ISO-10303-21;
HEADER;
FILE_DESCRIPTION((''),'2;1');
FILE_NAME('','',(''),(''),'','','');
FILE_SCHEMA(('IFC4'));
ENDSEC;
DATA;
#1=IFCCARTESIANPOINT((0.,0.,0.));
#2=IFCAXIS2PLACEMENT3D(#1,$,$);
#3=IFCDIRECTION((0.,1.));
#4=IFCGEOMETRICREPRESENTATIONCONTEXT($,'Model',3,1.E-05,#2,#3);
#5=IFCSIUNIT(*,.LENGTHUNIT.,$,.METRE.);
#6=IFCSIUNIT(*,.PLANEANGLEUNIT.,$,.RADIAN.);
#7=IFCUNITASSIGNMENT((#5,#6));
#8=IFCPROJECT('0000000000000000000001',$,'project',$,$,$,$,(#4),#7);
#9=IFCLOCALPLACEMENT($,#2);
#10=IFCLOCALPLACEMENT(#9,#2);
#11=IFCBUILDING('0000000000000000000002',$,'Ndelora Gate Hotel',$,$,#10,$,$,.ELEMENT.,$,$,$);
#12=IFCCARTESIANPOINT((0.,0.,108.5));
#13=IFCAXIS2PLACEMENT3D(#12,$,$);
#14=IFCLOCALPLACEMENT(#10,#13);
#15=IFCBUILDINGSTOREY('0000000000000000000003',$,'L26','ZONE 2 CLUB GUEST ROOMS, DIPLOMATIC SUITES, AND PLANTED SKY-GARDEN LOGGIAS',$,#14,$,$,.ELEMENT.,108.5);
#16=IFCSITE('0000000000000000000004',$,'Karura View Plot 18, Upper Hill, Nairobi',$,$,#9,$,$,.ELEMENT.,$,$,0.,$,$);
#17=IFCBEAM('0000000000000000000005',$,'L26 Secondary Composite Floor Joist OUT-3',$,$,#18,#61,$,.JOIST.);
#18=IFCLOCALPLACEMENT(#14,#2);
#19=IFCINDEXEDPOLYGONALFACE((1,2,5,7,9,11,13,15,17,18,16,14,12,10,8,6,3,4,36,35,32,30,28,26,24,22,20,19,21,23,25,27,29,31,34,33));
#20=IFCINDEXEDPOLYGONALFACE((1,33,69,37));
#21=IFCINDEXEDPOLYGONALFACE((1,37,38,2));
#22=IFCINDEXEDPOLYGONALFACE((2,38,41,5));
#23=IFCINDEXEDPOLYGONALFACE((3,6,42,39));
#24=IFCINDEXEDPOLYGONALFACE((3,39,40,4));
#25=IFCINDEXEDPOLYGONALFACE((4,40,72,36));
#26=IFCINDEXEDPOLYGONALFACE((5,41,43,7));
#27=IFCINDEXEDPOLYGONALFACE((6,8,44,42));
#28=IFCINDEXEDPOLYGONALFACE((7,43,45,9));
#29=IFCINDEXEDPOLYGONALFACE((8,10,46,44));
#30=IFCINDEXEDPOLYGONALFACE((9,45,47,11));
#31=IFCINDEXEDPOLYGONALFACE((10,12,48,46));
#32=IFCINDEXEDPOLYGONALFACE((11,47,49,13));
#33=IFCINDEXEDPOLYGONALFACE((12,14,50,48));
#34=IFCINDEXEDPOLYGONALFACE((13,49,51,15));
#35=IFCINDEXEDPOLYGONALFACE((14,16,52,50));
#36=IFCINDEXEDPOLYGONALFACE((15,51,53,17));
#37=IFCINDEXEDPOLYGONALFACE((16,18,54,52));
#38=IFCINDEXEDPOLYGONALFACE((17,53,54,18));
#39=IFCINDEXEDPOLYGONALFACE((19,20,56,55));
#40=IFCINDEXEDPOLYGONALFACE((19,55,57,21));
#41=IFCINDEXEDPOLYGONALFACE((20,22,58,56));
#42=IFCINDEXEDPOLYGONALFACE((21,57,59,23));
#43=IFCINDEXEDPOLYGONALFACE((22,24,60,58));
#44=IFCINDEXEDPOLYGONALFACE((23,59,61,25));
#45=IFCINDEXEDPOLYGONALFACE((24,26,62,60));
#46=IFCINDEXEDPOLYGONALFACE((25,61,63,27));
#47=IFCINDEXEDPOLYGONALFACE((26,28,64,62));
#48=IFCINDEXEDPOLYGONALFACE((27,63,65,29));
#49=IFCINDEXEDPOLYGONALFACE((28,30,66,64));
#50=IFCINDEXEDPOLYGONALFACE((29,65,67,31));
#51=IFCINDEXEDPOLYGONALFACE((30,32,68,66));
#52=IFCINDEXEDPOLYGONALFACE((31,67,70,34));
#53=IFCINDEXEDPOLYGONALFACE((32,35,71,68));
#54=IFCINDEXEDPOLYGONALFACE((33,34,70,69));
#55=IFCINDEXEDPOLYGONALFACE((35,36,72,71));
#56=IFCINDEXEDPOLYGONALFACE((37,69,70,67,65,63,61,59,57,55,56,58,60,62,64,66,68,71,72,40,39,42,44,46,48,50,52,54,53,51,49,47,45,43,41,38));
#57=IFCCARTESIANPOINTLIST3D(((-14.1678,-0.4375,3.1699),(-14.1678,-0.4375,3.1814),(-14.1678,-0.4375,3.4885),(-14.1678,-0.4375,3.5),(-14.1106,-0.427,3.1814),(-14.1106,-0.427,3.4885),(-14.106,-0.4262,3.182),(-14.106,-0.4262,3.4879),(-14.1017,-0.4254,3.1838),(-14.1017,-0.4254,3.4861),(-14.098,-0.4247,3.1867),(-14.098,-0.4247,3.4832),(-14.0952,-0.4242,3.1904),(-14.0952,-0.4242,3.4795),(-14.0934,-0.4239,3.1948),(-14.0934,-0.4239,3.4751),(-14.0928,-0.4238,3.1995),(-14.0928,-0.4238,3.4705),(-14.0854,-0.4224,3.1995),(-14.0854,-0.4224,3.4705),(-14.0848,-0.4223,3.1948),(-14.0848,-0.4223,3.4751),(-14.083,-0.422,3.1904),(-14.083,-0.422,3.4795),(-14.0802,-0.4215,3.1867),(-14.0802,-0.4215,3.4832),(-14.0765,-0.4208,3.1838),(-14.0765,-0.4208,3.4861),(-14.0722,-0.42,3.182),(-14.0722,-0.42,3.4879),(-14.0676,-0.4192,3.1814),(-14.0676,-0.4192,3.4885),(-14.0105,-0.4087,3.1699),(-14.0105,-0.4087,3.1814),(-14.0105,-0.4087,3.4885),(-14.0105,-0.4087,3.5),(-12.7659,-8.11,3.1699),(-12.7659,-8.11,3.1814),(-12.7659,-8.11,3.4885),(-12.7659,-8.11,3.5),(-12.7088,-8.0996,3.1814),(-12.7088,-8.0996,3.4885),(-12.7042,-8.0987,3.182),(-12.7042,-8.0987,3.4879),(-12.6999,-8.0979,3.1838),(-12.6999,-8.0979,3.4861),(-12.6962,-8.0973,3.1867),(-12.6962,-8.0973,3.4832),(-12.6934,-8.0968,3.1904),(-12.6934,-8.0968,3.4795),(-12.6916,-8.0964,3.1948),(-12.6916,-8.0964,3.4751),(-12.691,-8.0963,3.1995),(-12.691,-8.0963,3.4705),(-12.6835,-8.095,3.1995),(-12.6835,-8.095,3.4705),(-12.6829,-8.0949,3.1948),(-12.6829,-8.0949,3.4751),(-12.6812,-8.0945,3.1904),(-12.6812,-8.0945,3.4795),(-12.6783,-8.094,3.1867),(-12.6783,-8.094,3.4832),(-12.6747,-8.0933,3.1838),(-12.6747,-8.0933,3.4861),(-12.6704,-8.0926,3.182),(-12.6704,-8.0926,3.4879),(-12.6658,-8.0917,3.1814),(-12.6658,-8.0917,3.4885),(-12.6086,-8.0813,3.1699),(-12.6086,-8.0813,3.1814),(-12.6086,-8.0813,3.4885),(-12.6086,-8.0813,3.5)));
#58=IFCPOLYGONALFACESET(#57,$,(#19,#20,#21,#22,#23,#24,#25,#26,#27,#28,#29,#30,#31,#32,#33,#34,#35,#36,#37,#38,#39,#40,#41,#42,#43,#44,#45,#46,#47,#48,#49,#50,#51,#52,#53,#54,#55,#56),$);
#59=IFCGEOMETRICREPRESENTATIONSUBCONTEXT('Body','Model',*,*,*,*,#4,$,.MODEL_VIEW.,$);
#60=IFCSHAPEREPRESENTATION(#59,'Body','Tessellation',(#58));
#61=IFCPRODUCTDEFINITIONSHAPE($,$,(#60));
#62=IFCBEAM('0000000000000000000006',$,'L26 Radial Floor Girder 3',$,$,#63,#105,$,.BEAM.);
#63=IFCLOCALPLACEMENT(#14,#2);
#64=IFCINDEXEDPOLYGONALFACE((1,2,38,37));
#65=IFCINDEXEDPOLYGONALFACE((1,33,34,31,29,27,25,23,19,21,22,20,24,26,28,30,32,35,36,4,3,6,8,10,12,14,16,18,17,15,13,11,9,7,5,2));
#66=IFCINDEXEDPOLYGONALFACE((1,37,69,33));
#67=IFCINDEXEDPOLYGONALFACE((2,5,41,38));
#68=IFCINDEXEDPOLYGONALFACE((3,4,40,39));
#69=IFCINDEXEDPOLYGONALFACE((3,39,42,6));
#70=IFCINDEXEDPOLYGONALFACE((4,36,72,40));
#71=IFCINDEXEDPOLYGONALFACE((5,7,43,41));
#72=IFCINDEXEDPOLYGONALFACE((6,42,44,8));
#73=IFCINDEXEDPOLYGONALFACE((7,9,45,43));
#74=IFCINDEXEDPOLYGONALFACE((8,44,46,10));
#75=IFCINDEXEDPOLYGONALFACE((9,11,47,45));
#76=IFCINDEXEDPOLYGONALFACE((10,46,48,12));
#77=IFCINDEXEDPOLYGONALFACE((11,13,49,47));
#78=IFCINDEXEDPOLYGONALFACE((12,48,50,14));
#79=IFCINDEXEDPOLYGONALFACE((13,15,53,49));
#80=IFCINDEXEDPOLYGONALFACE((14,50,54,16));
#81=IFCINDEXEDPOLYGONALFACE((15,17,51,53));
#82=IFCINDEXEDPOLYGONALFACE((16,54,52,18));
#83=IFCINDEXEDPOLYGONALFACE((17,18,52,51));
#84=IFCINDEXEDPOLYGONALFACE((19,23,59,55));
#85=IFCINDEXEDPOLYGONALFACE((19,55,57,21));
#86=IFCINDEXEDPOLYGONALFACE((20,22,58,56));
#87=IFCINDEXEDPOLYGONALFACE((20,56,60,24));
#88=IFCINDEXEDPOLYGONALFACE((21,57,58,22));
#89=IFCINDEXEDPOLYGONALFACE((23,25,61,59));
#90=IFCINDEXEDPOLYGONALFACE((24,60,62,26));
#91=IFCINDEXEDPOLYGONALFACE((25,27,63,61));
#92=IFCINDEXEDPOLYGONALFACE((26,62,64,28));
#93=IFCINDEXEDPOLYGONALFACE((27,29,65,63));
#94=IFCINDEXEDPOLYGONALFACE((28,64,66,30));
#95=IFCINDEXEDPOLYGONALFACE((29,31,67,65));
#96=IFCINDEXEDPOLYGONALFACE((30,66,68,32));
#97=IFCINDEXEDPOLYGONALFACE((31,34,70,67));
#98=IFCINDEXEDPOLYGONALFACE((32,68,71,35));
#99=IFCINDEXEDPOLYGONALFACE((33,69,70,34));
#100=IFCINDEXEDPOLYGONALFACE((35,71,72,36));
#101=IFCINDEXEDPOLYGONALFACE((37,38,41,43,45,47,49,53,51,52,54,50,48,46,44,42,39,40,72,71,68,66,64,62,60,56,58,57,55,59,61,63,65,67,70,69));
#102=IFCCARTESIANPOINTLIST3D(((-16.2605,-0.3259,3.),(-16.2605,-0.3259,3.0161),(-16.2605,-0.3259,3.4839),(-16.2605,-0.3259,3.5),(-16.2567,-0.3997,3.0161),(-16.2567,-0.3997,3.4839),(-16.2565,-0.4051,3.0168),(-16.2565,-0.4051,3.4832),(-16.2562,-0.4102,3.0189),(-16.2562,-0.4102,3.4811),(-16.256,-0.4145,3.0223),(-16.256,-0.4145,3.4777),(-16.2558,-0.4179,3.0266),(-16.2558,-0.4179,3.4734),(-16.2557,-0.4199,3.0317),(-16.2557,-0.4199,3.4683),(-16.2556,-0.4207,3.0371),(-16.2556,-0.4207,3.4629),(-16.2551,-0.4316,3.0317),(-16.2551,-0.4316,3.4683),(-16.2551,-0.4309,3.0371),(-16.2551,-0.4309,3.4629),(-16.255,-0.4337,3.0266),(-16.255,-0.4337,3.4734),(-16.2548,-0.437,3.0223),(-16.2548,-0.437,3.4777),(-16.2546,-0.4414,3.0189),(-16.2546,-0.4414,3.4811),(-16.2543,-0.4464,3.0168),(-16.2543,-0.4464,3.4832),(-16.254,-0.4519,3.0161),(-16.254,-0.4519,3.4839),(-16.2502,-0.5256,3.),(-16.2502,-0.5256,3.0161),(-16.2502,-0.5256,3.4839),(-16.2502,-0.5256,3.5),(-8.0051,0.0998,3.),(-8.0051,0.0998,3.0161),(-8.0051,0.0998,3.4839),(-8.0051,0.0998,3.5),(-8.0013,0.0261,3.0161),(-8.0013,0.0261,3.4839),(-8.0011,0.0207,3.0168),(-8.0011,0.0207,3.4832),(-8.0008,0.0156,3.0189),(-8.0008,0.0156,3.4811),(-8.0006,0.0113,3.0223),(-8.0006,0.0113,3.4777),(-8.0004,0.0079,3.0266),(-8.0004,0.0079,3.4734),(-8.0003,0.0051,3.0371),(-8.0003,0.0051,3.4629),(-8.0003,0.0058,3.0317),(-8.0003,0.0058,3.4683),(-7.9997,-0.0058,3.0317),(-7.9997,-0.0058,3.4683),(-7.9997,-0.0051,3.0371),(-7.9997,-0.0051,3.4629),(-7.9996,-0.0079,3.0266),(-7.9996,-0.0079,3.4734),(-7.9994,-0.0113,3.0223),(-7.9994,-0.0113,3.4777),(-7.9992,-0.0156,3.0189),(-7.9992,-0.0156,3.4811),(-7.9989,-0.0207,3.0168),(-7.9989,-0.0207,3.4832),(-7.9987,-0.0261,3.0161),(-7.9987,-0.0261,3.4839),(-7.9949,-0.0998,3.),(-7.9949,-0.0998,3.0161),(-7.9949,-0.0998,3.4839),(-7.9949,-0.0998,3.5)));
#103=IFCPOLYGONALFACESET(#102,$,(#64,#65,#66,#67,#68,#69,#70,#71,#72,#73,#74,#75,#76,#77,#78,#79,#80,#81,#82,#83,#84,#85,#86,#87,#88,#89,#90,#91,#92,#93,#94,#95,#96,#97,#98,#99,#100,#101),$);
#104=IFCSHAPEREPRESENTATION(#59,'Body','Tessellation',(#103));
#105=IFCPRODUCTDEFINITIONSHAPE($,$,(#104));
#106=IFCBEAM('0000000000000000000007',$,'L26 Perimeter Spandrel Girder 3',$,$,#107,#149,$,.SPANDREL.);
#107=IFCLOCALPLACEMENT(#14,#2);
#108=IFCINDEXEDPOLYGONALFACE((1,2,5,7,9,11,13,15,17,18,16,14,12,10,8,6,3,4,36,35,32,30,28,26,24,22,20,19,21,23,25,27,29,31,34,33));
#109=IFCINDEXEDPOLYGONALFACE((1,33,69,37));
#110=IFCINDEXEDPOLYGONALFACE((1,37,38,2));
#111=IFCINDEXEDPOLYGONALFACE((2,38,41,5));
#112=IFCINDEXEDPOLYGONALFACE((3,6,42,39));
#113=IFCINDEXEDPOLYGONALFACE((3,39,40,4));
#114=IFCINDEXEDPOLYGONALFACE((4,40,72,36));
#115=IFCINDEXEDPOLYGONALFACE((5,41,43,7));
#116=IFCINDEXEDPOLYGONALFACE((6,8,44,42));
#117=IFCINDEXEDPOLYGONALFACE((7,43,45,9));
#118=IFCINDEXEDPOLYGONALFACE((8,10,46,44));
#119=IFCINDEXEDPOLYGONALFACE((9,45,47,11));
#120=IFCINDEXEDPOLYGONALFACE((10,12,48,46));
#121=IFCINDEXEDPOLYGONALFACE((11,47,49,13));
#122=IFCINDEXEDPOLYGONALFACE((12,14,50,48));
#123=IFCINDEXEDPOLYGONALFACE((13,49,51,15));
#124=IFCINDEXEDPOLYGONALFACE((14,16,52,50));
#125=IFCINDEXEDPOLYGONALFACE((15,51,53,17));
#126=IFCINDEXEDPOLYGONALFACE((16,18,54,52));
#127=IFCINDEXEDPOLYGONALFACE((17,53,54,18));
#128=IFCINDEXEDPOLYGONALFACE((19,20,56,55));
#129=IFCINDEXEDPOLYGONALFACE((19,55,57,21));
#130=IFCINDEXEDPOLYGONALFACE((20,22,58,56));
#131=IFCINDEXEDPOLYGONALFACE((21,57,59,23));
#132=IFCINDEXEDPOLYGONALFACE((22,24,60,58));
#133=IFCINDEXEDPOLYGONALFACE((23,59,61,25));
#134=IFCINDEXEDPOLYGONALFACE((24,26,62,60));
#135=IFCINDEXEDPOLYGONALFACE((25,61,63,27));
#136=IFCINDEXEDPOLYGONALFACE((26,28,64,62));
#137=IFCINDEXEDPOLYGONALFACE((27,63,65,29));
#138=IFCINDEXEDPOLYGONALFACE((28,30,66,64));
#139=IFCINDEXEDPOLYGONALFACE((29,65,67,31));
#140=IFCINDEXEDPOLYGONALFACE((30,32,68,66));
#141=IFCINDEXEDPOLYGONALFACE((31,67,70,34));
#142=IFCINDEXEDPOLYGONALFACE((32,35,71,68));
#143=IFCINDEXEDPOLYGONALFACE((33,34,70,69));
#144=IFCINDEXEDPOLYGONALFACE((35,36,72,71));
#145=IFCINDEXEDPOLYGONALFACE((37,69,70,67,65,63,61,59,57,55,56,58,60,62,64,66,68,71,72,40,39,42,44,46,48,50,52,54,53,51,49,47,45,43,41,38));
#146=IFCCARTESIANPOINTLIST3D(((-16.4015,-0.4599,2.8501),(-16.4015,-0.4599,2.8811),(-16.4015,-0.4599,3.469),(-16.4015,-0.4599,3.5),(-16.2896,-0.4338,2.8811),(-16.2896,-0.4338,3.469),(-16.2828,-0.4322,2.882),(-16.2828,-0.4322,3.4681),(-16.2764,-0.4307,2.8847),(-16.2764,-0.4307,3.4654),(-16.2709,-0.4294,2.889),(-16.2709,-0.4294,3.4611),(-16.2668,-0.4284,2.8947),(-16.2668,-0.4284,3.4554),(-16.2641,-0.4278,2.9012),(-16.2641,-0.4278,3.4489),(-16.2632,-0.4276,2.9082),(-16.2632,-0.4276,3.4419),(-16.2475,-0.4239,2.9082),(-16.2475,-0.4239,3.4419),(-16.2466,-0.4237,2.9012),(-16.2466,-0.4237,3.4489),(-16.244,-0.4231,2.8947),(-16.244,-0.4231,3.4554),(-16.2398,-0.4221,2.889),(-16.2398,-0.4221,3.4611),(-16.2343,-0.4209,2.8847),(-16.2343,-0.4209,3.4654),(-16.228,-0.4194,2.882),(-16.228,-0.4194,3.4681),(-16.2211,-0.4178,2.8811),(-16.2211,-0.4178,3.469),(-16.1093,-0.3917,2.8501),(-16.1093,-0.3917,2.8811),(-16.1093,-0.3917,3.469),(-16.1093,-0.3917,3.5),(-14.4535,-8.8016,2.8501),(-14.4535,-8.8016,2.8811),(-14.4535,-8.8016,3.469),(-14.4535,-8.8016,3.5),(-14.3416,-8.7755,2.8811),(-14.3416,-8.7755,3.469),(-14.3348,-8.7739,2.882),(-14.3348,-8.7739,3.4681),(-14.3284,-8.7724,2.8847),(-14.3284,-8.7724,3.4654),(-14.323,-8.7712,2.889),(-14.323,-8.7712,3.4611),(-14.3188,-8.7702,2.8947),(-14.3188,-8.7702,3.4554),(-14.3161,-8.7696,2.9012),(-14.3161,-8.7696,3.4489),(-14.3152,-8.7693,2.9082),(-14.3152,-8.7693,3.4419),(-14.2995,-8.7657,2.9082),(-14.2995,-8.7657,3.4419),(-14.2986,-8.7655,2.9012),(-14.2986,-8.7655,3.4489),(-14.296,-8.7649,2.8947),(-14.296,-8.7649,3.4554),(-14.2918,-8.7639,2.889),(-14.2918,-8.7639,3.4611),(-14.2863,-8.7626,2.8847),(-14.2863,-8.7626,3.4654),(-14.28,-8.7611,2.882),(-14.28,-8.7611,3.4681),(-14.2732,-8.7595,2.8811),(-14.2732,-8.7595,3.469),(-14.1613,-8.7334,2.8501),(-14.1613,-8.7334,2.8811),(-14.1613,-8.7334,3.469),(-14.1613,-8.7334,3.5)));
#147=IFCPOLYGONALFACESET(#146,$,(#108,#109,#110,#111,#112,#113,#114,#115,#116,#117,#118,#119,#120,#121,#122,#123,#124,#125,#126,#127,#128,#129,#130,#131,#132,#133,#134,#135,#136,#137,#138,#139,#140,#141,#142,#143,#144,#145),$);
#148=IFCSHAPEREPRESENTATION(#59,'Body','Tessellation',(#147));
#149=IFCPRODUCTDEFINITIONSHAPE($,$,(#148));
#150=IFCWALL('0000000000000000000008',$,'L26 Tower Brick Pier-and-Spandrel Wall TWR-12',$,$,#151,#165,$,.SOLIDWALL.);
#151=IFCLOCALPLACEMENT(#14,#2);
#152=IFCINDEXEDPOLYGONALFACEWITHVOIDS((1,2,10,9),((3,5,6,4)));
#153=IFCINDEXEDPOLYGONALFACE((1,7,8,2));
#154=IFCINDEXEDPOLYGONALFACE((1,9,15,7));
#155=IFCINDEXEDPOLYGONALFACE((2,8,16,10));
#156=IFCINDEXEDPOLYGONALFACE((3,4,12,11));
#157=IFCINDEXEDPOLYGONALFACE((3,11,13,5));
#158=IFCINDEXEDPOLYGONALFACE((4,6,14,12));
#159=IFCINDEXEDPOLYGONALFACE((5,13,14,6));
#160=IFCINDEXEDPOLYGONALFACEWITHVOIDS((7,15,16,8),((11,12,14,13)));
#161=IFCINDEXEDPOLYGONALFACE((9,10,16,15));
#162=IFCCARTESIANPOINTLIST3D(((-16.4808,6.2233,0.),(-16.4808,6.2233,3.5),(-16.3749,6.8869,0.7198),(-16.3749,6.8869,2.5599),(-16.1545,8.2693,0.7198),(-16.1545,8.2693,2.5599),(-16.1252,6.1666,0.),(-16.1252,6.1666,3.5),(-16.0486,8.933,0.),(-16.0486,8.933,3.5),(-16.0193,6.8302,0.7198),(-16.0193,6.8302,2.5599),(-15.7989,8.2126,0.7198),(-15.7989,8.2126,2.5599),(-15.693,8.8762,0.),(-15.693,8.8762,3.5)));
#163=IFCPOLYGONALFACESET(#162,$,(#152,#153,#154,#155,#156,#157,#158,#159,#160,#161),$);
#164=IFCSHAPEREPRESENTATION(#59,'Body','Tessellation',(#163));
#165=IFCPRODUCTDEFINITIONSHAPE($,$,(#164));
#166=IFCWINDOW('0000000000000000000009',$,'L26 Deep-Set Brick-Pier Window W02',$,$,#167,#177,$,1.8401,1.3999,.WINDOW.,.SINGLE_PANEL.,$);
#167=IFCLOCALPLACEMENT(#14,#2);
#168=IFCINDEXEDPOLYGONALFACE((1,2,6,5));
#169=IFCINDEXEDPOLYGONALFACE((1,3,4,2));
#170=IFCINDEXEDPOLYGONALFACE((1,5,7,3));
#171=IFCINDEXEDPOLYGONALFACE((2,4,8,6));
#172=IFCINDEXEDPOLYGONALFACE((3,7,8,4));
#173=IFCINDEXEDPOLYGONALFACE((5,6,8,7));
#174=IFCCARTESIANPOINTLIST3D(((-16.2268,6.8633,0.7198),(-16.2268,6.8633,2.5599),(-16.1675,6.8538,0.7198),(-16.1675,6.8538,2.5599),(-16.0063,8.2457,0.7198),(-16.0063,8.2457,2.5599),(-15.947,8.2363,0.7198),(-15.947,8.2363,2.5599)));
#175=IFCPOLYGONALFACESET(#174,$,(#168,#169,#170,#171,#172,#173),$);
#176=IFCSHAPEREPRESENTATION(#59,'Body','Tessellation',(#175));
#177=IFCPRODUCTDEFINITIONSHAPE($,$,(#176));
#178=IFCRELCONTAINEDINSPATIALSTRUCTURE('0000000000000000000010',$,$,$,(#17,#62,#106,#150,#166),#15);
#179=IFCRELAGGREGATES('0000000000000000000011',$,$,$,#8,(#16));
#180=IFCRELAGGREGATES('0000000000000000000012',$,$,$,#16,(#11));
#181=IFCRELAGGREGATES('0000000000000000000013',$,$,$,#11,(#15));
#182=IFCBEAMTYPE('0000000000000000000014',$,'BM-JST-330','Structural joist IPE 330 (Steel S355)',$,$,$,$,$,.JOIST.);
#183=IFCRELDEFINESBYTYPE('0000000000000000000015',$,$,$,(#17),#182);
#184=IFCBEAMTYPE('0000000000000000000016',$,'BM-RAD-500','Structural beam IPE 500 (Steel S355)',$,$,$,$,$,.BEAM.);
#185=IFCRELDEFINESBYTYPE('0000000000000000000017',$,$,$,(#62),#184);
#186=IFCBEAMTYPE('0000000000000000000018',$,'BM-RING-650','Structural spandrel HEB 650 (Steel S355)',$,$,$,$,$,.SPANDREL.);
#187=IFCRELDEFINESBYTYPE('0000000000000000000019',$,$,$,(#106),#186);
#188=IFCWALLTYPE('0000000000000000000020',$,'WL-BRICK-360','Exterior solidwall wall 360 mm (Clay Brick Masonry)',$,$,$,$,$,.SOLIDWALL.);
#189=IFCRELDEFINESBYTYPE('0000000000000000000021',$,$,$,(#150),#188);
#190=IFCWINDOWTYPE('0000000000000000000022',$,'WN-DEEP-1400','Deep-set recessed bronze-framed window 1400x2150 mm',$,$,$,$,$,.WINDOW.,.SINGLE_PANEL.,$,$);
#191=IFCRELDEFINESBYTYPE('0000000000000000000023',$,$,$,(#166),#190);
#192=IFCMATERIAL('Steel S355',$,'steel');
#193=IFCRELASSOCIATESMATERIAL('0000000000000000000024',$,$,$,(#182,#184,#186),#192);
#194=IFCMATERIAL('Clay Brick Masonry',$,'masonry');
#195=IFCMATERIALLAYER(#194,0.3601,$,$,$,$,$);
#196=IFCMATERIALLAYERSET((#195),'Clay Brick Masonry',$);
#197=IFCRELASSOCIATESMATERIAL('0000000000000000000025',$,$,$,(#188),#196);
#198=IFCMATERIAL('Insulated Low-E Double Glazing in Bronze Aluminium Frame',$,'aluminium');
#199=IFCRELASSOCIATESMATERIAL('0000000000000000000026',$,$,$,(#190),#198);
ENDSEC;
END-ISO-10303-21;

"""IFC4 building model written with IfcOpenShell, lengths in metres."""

from ifc_helpers import new_model, si_unit, direction, frame, frame_2d, origin, origin_2d, place, context, subcontext, project, spatial, rectangle, i_section, extrude, material, layer, layer_set, material_profile, profile_set, type_object, element, fill, save


model = new_model("IFC4")

# Units and contexts
model_context = context("Model", 3, precision=1e-05, world=origin(), true_north=direction((0.0, 1.0)))
body_context = subcontext(model_context, "Body", "Model", "MODEL_VIEW")
ifc_project = project(units=[si_unit("LENGTHUNIT", "METRE"), si_unit("PLANEANGLEUNIT", "RADIAN")], contexts=[model_context])

# Site, building, storey
site_placement = place(None, origin())
site = spatial("IfcSite", under=ifc_project, at=site_placement, Name="Karura View Plot 18, Upper Hill, Nairobi", CompositionType="ELEMENT", RefElevation=0.0)
building_placement = place(site_placement, origin())
building = spatial("IfcBuilding", under=site, at=building_placement, Name="Ndelora Gate Hotel", CompositionType="ELEMENT")
storey_placement = place(building_placement, frame((0.0, 0.0, 108.5)))
storey = spatial("IfcBuildingStorey", under=building, at=storey_placement, Name="L26", Description="ZONE 2 CLUB GUEST ROOMS, DIPLOMATIC SUITES, AND PLANTED SKY-GARDEN LOGGIAS", CompositionType="ELEMENT", Elevation=108.5)

# Beams
ifc_material_1 = material(Name="Steel S355", Category="steel")
ifc_material_profile_1 = material_profile(ifc_material_1, i_section(OverallWidth=0.1599, OverallDepth=0.3301, WebThickness=0.0076, FlangeThickness=0.0115, FilletRadius=0.0181, at=origin_2d()), Name="IPE 330")
ifc_profile_set_1 = profile_set([ifc_material_profile_1], Name="Steel S355")
beam_type_1 = type_object("IfcBeamType", Name="BM-JST-330", Description="Structural joist IPE 330 (Steel S355)", PredefinedType="JOIST", material=ifc_profile_set_1)
beam_1_placement = place(storey_placement, frame((-14.0891, -0.4231, 3.335), z_axis=(0.179734, -0.983715, 0.0), x_axis=(0.983715, 0.179734, 0.0)))
element("IfcBeam", 1, at=beam_1_placement, inside=storey, type_object=beam_type_1, Name="L26 Secondary Composite Floor Joist OUT-3", PredefinedType="JOIST", context=body_context, shape_type="SweptSolid", body=[
    extrude(i_section(OverallWidth=0.1599, OverallDepth=0.3301, WebThickness=0.0076, FlangeThickness=0.0115, FilletRadius=0.0181, at=origin_2d()), origin(), (0.0, 0.0, 1.0), 7.7996),
])
ifc_material_profile_2 = material_profile(ifc_material_1, i_section(OverallWidth=0.2, OverallDepth=0.5, WebThickness=0.0103, FlangeThickness=0.0161, FilletRadius=0.021, at=origin_2d()), Name="IPE 500")
ifc_profile_set_2 = profile_set([ifc_material_profile_2], Name="Steel S355")
beam_type_2 = type_object("IfcBeamType", Name="BM-RAD-500", Description="Structural beam IPE 500 (Steel S355)", PredefinedType="BEAM", material=ifc_profile_set_2)
beam_2_placement = place(storey_placement, frame((-8.0, 0.0, 3.25), z_axis=(-0.998673, -0.051508, 0.0), x_axis=(0.051508, -0.998673, 0.0)))
element("IfcBeam", 2, at=beam_2_placement, inside=storey, type_object=beam_type_2, Name="L26 Radial Floor Girder 3", PredefinedType="BEAM", context=body_context, shape_type="SweptSolid", body=[
    extrude(i_section(OverallWidth=0.2, OverallDepth=0.5, WebThickness=0.0103, FlangeThickness=0.0161, FilletRadius=0.021, at=origin_2d()), origin(), (0.0, 0.0, 1.0), 8.2664),
])
ifc_material_profile_3 = material_profile(ifc_material_1, i_section(OverallWidth=0.3, OverallDepth=0.6499, WebThickness=0.0161, FlangeThickness=0.031, FilletRadius=0.0271, at=origin_2d()), Name="HEB 650")
ifc_profile_set_3 = profile_set([ifc_material_profile_3], Name="Steel S355")
beam_type_3 = type_object("IfcBeamType", Name="BM-RING-650", Description="Structural spandrel HEB 650 (Steel S355)", PredefinedType="SPANDREL", material=ifc_profile_set_3)
beam_3_placement = place(storey_placement, frame((-16.2554, -0.4258, 3.175), z_axis=(0.227404, -0.9738, 0.0), x_axis=(0.9738, 0.227404, 0.0)))
element("IfcBeam", 3, at=beam_3_placement, inside=storey, type_object=beam_type_3, Name="L26 Perimeter Spandrel Girder 3", PredefinedType="SPANDREL", context=body_context, shape_type="SweptSolid", body=[
    extrude(i_section(OverallWidth=0.3, OverallDepth=0.6499, WebThickness=0.0161, FlangeThickness=0.031, FilletRadius=0.0271, at=origin_2d()), origin(), (0.0, 0.0, 1.0), 8.5662),
])

# Wall, opening, window
ifc_material_2 = material(Name="Clay Brick Masonry", Category="masonry")
ifc_layer_1 = layer(ifc_material_2, 0.3601)
ifc_layer_set_1 = layer_set([ifc_layer_1], Name="Clay Brick Masonry")
wall_type_1 = type_object("IfcWallType", Name="WL-BRICK-360", Description="Exterior solidwall wall 360 mm (Clay Brick Masonry)", PredefinedType="SOLIDWALL", material=ifc_layer_set_1)
wall_1_placement = place(storey_placement, frame((-16.303, 6.1948, 0.0), z_axis=(0.0, 0.0, 1.0), x_axis=(0.157484, 0.987522, 0.0)))
wall_1 = element("IfcWall", 4, at=wall_1_placement, inside=storey, type_object=wall_type_1, Name="L26 Tower Brick Pier-and-Spandrel Wall TWR-12", PredefinedType="SOLIDWALL", context=body_context, shape_type="SweptSolid", body=[
    extrude(rectangle(XDim=2.7439, YDim=0.3601, at=frame_2d((1.3721, 0.0))), origin(), (0.0, 0.0, 1.0), 3.5),
])
opening_1_placement = place(wall_1_placement, frame((0.6721, 0.0, 0.72)))
opening_1 = element("IfcOpeningElement", 5, at=opening_1_placement, cuts=wall_1, PredefinedType="OPENING", context=body_context, shape_type="SweptSolid", body=[
    extrude(rectangle(XDim=1.3999, YDim=1.8401, at=frame_2d((0.7, 0.9199))), frame((0.0, 0.1899, 0.0), z_axis=(0.0, -1.0, 0.0), x_axis=(1.0, 0.0, 0.0)), (0.0, 0.0, 1.0), 0.3801),
])
ifc_material_3 = material(Name="Insulated Low-E Double Glazing in Bronze Aluminium Frame", Category="aluminium")
window_type = type_object("IfcWindowType", Name="WN-DEEP-1400", Description="Deep-set recessed bronze-framed window 1400x2150 mm", PartitioningType="SINGLE_PANEL", PredefinedType="WINDOW", material=ifc_material_3)
window_1_placement = place(opening_1_placement, origin())
window_1 = element("IfcWindow", 6, at=window_1_placement, inside=storey, type_object=window_type, Name="L26 Deep-Set Brick-Pier Window W02", OverallHeight=1.8401, OverallWidth=1.3999, PartitioningType="SINGLE_PANEL", PredefinedType="WINDOW", context=body_context, shape_type="SweptSolid", body=[
    extrude(rectangle(XDim=1.3999, YDim=1.8401, at=frame_2d((0.7, 0.9199))), frame((0.0, 0.03, 0.0), z_axis=(0.0, -1.0, 0.0), x_axis=(1.0, 0.0, 0.0)), (0.0, 0.0, 1.0), 0.0601),
])
fill(opening_1, window_1)

save(model, "model.ifc")
